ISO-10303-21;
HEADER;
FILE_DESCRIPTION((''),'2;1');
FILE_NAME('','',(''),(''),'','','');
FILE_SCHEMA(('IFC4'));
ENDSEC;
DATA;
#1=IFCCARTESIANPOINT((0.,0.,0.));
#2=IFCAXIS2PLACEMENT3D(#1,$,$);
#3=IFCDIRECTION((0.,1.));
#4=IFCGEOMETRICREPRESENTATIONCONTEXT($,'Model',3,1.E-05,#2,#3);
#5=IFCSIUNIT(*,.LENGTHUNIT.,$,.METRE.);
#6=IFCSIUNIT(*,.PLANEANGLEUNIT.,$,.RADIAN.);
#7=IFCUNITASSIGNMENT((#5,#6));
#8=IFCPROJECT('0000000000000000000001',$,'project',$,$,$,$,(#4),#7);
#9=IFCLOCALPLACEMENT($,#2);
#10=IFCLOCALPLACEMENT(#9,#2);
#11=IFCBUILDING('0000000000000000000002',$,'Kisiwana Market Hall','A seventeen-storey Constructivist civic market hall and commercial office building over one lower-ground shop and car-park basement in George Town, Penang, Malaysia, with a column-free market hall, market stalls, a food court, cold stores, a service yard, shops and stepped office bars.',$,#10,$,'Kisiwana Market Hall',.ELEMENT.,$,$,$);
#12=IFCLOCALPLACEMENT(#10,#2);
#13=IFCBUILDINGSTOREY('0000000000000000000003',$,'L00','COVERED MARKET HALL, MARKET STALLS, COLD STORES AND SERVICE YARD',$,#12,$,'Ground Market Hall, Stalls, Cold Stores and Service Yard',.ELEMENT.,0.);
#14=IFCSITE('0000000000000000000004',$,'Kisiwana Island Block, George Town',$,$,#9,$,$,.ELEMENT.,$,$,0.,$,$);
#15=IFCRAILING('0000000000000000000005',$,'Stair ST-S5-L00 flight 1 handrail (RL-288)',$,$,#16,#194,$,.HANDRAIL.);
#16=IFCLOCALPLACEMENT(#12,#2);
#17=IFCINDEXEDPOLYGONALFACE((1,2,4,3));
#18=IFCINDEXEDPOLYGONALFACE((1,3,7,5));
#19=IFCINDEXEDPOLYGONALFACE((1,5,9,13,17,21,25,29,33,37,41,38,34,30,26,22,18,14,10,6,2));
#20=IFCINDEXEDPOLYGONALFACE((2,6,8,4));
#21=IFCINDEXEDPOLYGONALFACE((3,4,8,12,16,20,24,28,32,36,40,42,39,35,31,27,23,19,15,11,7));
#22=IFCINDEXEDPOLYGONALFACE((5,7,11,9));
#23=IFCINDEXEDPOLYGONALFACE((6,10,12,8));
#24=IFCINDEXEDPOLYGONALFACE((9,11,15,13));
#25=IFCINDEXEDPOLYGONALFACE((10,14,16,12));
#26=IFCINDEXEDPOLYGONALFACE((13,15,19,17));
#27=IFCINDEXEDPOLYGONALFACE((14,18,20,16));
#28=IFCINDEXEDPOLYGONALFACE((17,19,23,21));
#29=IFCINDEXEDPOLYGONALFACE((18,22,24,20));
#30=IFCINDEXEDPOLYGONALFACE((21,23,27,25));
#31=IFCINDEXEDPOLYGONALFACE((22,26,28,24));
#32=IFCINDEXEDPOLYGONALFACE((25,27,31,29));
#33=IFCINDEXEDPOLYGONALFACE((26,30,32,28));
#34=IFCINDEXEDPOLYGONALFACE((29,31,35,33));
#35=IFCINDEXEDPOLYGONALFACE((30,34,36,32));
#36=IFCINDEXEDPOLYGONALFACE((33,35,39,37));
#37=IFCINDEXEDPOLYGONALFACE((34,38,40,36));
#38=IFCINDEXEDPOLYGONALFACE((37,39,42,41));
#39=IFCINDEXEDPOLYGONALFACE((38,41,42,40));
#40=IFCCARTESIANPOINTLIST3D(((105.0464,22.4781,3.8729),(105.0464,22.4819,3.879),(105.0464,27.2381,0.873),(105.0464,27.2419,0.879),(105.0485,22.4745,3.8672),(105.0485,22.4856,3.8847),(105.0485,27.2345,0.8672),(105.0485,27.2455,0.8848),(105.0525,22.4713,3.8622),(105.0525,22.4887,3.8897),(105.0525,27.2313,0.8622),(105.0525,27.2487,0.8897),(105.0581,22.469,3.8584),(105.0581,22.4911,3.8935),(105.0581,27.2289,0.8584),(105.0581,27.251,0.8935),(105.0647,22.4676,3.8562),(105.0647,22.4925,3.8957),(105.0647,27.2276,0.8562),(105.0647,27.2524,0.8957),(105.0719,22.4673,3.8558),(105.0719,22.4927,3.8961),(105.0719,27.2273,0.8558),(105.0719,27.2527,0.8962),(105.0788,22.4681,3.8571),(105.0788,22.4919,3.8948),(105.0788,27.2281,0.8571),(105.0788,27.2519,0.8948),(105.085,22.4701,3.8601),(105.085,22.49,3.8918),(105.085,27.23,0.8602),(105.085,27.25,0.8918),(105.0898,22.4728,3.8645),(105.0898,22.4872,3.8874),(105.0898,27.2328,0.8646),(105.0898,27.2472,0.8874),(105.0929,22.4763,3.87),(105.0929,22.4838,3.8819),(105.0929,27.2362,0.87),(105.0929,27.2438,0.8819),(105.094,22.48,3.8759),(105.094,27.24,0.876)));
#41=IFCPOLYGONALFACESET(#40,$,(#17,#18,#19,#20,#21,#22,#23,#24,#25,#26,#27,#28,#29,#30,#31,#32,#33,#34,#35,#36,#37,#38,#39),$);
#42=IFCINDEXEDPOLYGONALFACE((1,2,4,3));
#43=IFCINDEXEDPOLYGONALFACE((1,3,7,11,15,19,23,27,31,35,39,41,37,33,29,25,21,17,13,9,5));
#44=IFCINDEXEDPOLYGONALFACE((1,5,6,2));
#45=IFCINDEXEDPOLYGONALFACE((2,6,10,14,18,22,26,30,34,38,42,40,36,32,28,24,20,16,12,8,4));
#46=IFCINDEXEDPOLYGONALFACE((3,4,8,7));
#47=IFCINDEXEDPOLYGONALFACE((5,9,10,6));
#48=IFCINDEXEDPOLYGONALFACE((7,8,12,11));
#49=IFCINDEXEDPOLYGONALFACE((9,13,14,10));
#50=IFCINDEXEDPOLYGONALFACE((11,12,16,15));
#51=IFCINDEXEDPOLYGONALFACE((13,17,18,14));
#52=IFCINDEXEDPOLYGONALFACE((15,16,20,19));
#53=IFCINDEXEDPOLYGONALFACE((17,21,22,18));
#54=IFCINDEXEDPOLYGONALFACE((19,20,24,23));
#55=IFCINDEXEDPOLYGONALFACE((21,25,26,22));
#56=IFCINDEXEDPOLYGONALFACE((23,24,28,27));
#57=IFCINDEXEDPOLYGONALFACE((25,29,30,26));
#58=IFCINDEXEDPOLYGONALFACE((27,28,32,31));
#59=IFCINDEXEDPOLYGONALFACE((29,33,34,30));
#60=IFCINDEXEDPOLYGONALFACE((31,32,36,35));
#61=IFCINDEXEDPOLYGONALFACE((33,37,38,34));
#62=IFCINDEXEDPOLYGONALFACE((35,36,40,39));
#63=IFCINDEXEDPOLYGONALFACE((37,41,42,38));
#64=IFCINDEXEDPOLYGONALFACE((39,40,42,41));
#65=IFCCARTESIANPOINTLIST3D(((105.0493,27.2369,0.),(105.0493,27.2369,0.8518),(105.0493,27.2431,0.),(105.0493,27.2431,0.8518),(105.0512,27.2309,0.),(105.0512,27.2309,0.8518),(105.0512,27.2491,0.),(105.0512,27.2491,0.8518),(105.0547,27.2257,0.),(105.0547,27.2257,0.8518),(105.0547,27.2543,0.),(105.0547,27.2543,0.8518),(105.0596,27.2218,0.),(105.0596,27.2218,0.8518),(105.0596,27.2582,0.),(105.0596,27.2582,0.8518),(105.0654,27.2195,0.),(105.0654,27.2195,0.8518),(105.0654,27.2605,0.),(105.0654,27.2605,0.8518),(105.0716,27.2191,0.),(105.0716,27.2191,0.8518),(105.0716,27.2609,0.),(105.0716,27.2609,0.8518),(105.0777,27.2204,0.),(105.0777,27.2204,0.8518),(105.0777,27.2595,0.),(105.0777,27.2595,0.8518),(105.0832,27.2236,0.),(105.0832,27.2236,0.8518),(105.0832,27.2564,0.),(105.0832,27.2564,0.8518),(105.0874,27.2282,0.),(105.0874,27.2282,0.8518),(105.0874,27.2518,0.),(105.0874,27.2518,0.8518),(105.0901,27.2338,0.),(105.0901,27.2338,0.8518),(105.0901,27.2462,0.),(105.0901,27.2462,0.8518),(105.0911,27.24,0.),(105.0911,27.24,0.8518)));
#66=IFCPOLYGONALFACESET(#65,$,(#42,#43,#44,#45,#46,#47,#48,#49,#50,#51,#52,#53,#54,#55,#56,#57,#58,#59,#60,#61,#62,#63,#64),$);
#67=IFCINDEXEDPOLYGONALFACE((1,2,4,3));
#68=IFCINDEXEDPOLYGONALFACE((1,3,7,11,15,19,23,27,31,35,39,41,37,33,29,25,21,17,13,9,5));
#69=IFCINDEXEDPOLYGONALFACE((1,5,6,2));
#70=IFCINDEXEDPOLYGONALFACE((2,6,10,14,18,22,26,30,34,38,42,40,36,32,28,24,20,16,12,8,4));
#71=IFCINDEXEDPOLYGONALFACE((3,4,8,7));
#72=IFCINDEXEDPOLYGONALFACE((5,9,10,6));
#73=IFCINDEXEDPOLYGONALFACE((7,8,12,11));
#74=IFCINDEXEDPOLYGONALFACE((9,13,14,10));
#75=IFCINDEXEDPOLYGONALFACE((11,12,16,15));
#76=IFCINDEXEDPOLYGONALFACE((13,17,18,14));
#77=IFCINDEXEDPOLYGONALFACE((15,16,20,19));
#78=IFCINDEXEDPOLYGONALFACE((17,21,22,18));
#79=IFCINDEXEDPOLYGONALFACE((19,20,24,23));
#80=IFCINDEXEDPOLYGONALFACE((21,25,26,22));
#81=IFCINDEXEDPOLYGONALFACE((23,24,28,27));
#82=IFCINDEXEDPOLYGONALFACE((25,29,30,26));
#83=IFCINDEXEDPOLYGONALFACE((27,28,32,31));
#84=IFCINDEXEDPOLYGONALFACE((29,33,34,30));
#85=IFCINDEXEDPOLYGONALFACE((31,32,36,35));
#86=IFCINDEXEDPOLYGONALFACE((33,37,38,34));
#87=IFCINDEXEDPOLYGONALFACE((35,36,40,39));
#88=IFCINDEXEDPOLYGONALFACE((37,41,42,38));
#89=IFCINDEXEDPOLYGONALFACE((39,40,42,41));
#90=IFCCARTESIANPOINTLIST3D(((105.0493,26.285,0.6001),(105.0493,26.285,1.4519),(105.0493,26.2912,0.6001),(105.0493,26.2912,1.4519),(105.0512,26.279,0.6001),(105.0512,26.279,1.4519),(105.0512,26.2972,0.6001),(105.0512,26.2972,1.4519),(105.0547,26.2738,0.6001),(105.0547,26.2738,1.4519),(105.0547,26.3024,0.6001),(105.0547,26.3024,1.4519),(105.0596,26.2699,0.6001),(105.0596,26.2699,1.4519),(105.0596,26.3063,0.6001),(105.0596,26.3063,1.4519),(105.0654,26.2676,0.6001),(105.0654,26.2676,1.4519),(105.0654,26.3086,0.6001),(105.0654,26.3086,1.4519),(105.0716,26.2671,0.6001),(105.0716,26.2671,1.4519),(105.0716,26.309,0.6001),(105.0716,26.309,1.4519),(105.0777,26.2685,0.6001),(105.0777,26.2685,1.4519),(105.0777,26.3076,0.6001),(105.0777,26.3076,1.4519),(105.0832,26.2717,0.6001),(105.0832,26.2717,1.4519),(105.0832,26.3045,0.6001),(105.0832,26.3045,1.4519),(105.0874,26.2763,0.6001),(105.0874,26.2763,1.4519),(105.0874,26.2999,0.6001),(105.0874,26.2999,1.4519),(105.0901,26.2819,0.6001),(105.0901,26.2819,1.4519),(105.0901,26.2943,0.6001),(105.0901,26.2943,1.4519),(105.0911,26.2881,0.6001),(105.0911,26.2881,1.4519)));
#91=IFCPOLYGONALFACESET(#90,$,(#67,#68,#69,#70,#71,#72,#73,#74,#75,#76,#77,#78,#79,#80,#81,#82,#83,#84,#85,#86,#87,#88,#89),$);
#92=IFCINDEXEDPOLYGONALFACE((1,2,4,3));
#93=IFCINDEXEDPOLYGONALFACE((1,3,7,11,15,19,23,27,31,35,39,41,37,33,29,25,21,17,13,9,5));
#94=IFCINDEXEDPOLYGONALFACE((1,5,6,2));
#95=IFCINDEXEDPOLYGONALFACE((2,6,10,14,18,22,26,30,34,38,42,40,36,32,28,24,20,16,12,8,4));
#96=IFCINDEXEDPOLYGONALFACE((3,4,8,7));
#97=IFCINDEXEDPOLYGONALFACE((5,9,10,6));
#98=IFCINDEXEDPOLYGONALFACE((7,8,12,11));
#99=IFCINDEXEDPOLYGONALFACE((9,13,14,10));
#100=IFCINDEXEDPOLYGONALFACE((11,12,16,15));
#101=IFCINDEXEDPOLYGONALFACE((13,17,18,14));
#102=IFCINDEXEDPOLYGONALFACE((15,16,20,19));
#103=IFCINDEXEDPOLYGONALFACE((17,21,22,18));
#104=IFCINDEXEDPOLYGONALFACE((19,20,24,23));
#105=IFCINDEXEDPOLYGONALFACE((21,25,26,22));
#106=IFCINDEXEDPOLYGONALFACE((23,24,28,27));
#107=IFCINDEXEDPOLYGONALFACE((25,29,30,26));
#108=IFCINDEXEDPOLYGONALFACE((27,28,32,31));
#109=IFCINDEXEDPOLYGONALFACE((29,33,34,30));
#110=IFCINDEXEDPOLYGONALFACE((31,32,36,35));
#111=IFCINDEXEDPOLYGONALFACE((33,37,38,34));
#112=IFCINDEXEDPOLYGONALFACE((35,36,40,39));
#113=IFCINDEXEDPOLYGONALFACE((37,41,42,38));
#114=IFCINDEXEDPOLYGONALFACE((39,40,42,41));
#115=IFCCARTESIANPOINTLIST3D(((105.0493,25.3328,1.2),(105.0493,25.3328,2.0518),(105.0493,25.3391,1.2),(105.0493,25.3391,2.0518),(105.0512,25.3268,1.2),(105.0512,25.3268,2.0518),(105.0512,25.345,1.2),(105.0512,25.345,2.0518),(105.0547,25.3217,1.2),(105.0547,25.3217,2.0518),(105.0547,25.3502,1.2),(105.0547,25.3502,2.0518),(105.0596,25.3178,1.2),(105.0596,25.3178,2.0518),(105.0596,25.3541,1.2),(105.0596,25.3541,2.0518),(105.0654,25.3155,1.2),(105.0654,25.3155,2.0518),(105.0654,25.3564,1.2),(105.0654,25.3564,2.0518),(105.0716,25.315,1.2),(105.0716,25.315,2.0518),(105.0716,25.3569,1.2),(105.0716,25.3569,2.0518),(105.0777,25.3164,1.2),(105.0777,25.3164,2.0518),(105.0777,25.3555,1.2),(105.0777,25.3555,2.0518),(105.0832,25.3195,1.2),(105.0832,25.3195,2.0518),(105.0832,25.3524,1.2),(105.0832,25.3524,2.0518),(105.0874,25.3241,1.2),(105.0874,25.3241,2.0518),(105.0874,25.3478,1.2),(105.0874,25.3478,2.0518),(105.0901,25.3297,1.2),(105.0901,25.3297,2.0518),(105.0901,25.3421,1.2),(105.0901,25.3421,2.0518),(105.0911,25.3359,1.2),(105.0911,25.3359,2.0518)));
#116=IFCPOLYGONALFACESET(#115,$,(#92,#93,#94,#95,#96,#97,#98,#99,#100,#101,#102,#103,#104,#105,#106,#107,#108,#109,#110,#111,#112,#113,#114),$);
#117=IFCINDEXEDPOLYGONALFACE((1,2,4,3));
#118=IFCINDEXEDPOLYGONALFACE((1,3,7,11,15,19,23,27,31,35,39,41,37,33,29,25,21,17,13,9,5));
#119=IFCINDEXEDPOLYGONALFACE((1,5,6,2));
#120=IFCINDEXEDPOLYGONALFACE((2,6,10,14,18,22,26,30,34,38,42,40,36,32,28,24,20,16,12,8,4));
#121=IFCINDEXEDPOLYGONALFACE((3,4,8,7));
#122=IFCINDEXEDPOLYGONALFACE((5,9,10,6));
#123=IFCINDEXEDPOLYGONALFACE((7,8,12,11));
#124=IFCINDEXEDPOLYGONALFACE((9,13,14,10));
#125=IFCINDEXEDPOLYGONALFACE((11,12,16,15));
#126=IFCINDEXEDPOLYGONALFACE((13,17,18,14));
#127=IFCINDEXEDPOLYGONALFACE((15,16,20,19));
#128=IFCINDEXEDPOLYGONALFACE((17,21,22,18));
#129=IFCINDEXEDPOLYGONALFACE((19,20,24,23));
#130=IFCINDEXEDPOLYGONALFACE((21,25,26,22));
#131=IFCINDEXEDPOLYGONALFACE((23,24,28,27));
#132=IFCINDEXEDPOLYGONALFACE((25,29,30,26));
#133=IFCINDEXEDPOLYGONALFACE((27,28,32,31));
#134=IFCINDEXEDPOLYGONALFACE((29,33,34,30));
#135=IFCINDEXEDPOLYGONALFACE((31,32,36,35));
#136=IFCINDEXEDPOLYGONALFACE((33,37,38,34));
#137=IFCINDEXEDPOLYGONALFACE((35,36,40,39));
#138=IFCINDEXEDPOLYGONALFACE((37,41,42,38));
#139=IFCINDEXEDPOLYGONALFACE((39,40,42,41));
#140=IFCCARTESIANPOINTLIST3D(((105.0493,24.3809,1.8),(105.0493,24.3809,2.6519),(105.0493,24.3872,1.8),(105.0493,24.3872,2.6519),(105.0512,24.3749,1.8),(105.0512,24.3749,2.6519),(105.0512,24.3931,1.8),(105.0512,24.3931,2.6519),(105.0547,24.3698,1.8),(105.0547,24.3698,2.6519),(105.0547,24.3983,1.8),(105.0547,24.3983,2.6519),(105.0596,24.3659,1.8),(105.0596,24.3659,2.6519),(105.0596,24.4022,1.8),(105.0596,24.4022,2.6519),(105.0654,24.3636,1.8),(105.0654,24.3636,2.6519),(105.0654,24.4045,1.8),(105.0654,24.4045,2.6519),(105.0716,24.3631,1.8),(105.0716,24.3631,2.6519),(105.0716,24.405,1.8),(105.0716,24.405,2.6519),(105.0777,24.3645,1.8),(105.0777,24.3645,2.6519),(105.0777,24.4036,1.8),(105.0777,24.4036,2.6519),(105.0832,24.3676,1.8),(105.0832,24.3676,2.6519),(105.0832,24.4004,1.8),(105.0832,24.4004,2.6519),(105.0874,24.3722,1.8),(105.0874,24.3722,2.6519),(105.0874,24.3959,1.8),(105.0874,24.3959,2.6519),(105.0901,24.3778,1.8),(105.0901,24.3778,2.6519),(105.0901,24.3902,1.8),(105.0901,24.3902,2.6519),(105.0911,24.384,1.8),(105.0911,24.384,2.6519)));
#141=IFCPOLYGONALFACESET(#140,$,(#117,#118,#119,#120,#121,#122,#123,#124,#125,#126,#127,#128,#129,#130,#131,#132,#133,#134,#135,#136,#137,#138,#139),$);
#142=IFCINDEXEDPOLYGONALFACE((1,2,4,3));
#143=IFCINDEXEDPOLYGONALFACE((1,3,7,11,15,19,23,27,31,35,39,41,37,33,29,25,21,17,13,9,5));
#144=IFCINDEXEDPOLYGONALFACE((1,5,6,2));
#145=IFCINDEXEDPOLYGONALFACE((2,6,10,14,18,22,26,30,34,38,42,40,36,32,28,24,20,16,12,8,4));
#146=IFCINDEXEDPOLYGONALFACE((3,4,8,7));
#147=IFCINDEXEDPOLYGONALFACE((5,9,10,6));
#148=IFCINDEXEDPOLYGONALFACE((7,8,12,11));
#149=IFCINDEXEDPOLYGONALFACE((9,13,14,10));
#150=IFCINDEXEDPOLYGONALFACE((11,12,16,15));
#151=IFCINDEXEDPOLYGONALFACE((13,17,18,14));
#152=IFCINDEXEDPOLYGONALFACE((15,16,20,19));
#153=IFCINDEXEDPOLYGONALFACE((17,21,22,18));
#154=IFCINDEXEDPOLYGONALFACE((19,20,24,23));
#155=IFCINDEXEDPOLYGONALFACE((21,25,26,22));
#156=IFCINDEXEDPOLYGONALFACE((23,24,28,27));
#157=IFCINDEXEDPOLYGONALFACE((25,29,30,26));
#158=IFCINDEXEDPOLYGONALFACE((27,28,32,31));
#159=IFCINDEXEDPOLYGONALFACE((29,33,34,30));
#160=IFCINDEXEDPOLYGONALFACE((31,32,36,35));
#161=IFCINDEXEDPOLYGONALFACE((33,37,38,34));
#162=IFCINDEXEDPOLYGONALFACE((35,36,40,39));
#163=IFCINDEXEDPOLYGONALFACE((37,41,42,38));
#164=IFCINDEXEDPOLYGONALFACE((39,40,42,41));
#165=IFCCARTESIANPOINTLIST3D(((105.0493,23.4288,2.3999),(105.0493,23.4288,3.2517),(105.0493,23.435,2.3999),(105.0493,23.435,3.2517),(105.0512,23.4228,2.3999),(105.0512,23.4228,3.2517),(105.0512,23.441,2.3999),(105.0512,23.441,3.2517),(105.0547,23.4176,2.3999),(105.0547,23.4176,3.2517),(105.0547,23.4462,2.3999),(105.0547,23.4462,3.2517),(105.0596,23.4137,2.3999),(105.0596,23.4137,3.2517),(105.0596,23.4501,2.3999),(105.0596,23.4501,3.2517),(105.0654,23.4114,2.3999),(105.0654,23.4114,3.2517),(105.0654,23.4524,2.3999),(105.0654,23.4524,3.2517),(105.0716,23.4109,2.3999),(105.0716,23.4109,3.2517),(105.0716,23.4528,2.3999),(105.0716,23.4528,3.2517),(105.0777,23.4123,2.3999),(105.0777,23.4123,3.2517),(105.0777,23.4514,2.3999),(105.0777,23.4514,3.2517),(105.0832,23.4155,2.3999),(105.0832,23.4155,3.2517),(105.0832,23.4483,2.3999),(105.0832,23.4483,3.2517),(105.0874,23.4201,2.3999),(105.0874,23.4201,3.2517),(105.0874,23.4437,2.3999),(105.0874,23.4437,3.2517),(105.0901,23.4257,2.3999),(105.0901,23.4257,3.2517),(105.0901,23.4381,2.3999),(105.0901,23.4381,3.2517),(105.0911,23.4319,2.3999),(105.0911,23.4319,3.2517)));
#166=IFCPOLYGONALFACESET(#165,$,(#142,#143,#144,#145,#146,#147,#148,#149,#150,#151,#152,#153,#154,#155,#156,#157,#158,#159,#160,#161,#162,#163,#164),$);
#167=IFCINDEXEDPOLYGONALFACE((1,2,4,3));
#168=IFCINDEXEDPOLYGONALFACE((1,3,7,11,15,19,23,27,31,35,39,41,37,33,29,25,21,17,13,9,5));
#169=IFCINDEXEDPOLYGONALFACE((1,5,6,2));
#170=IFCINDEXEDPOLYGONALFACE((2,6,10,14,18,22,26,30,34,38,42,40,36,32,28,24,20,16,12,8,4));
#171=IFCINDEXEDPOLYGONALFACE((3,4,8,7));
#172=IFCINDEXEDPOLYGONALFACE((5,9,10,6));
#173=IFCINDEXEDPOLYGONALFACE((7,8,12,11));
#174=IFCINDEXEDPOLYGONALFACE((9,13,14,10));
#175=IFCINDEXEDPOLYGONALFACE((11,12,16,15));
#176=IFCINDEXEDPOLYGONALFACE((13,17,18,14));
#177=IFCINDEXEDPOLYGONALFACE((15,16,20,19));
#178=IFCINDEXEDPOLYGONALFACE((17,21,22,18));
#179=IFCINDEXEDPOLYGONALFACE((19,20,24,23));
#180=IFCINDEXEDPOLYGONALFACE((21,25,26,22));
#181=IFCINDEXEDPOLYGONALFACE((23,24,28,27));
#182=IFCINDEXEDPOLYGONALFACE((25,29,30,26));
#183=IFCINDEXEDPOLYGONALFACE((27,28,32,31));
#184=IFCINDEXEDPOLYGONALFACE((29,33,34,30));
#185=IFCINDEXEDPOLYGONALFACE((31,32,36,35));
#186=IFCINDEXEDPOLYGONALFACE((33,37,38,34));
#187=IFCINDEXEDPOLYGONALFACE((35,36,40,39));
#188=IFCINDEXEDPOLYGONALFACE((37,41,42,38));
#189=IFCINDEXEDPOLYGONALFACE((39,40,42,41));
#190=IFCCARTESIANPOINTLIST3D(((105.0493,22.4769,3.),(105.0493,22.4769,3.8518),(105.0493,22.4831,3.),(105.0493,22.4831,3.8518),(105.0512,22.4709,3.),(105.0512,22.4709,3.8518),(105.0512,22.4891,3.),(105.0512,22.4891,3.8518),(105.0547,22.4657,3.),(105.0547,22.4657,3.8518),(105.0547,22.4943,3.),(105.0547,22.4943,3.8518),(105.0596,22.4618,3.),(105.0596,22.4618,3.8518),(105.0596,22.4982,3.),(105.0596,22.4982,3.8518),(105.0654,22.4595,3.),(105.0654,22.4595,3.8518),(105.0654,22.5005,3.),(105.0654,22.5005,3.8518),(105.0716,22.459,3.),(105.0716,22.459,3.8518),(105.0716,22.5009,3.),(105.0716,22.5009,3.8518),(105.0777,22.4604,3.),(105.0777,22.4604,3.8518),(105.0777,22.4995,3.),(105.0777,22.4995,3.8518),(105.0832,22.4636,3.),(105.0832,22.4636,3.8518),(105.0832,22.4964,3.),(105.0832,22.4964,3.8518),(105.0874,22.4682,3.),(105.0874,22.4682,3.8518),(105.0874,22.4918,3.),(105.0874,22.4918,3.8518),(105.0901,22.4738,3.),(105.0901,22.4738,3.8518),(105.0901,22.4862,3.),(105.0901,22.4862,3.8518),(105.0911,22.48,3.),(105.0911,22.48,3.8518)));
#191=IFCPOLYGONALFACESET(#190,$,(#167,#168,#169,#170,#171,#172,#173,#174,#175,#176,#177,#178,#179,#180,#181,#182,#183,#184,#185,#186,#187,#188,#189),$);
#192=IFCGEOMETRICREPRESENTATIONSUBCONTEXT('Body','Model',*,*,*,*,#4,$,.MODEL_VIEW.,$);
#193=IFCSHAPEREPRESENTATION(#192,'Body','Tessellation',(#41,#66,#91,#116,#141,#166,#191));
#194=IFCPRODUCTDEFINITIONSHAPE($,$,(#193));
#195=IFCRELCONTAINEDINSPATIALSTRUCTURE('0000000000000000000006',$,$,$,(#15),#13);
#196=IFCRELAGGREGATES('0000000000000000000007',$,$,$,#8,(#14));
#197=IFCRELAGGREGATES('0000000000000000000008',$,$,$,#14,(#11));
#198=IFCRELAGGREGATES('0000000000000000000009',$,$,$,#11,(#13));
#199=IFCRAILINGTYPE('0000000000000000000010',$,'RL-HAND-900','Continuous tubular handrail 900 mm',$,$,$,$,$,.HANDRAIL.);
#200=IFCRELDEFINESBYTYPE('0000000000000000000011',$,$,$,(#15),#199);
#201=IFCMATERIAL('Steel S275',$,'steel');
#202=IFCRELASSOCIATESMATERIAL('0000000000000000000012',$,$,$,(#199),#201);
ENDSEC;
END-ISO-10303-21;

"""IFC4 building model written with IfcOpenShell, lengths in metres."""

from ifc_helpers import new_model, si_unit, direction, frame, origin, origin_2d, place, context, subcontext, project, spatial, circle, extrude, material, type_object, element, save


model = new_model("IFC4")

# Units and contexts
model_context = context("Model", 3, precision=1e-05, world=origin(), true_north=direction((0.0, 1.0)))
body_context = subcontext(model_context, "Body", "Model", "MODEL_VIEW")
ifc_project = project(units=[si_unit("LENGTHUNIT", "METRE"), si_unit("PLANEANGLEUNIT", "RADIAN")], contexts=[model_context])

# Site, building, storey
site_placement = place(None, origin())
site = spatial("IfcSite", under=ifc_project, at=site_placement, Name="Kisiwana Island Block, George Town", CompositionType="ELEMENT", RefElevation=0.0)
building_placement = place(site_placement, origin())
building = spatial("IfcBuilding", under=site, at=building_placement, Name="Kisiwana Market Hall", Description="A seventeen-storey Constructivist civic market hall and commercial office building over one lower-ground shop and car-park basement in George Town, Penang, Malaysia, with a column-free market hall, market stalls, a food court, cold stores, a service yard, shops and stepped office bars.", LongName="Kisiwana Market Hall", CompositionType="ELEMENT")
storey_placement = place(building_placement, origin())
storey = spatial("IfcBuildingStorey", under=building, at=storey_placement, Name="L00", Description="COVERED MARKET HALL, MARKET STALLS, COLD STORES AND SERVICE YARD", LongName="Ground Market Hall, Stalls, Cold Stores and Service Yard", CompositionType="ELEMENT", Elevation=0.0)

# Railing
ifc_material_1 = material(Name="Steel S275", Category="steel")
railing_type_1 = type_object("IfcRailingType", Name="RL-HAND-900", Description="Continuous tubular handrail 900 mm", PredefinedType="HANDRAIL", material=ifc_material_1)
railing_1_placement = place(storey_placement, frame((105.0701, 27.24, 0.0)))
element("IfcRailing", 1, at=railing_1_placement, inside=storey, type_object=railing_type_1, Name="Stair ST-S5-L00 flight 1 handrail (RL-288)", PredefinedType="HANDRAIL", context=body_context, shape_type="SweptSolid", body=[
    extrude(circle(Radius=0.0239, at=origin_2d()), frame((0.0, 0.0, 0.876), z_axis=(0.0, -0.845996, 0.53319), x_axis=(1.0, 0.0, 0.0)), (0.0, 0.0, 1.0), 5.6265),
    extrude(circle(Radius=0.021, at=origin_2d()), origin(), (0.0, 0.0, 1.0), 0.8518),
    extrude(circle(Radius=0.021, at=origin_2d()), frame((0.0, -0.9519, 0.6001)), (0.0, 0.0, 1.0), 0.8518),
    extrude(circle(Radius=0.021, at=origin_2d()), frame((0.0, -1.9041, 1.2)), (0.0, 0.0, 1.0), 0.8518),
    extrude(circle(Radius=0.021, at=origin_2d()), frame((0.0, -2.856, 1.8)), (0.0, 0.0, 1.0), 0.8518),
    extrude(circle(Radius=0.021, at=origin_2d()), frame((0.0, -3.8081, 2.3999)), (0.0, 0.0, 1.0), 0.8518),
    extrude(circle(Radius=0.021, at=origin_2d()), frame((0.0, -4.76, 3.0)), (0.0, 0.0, 1.0), 0.8518),
])

save(model, "model.ifc")
